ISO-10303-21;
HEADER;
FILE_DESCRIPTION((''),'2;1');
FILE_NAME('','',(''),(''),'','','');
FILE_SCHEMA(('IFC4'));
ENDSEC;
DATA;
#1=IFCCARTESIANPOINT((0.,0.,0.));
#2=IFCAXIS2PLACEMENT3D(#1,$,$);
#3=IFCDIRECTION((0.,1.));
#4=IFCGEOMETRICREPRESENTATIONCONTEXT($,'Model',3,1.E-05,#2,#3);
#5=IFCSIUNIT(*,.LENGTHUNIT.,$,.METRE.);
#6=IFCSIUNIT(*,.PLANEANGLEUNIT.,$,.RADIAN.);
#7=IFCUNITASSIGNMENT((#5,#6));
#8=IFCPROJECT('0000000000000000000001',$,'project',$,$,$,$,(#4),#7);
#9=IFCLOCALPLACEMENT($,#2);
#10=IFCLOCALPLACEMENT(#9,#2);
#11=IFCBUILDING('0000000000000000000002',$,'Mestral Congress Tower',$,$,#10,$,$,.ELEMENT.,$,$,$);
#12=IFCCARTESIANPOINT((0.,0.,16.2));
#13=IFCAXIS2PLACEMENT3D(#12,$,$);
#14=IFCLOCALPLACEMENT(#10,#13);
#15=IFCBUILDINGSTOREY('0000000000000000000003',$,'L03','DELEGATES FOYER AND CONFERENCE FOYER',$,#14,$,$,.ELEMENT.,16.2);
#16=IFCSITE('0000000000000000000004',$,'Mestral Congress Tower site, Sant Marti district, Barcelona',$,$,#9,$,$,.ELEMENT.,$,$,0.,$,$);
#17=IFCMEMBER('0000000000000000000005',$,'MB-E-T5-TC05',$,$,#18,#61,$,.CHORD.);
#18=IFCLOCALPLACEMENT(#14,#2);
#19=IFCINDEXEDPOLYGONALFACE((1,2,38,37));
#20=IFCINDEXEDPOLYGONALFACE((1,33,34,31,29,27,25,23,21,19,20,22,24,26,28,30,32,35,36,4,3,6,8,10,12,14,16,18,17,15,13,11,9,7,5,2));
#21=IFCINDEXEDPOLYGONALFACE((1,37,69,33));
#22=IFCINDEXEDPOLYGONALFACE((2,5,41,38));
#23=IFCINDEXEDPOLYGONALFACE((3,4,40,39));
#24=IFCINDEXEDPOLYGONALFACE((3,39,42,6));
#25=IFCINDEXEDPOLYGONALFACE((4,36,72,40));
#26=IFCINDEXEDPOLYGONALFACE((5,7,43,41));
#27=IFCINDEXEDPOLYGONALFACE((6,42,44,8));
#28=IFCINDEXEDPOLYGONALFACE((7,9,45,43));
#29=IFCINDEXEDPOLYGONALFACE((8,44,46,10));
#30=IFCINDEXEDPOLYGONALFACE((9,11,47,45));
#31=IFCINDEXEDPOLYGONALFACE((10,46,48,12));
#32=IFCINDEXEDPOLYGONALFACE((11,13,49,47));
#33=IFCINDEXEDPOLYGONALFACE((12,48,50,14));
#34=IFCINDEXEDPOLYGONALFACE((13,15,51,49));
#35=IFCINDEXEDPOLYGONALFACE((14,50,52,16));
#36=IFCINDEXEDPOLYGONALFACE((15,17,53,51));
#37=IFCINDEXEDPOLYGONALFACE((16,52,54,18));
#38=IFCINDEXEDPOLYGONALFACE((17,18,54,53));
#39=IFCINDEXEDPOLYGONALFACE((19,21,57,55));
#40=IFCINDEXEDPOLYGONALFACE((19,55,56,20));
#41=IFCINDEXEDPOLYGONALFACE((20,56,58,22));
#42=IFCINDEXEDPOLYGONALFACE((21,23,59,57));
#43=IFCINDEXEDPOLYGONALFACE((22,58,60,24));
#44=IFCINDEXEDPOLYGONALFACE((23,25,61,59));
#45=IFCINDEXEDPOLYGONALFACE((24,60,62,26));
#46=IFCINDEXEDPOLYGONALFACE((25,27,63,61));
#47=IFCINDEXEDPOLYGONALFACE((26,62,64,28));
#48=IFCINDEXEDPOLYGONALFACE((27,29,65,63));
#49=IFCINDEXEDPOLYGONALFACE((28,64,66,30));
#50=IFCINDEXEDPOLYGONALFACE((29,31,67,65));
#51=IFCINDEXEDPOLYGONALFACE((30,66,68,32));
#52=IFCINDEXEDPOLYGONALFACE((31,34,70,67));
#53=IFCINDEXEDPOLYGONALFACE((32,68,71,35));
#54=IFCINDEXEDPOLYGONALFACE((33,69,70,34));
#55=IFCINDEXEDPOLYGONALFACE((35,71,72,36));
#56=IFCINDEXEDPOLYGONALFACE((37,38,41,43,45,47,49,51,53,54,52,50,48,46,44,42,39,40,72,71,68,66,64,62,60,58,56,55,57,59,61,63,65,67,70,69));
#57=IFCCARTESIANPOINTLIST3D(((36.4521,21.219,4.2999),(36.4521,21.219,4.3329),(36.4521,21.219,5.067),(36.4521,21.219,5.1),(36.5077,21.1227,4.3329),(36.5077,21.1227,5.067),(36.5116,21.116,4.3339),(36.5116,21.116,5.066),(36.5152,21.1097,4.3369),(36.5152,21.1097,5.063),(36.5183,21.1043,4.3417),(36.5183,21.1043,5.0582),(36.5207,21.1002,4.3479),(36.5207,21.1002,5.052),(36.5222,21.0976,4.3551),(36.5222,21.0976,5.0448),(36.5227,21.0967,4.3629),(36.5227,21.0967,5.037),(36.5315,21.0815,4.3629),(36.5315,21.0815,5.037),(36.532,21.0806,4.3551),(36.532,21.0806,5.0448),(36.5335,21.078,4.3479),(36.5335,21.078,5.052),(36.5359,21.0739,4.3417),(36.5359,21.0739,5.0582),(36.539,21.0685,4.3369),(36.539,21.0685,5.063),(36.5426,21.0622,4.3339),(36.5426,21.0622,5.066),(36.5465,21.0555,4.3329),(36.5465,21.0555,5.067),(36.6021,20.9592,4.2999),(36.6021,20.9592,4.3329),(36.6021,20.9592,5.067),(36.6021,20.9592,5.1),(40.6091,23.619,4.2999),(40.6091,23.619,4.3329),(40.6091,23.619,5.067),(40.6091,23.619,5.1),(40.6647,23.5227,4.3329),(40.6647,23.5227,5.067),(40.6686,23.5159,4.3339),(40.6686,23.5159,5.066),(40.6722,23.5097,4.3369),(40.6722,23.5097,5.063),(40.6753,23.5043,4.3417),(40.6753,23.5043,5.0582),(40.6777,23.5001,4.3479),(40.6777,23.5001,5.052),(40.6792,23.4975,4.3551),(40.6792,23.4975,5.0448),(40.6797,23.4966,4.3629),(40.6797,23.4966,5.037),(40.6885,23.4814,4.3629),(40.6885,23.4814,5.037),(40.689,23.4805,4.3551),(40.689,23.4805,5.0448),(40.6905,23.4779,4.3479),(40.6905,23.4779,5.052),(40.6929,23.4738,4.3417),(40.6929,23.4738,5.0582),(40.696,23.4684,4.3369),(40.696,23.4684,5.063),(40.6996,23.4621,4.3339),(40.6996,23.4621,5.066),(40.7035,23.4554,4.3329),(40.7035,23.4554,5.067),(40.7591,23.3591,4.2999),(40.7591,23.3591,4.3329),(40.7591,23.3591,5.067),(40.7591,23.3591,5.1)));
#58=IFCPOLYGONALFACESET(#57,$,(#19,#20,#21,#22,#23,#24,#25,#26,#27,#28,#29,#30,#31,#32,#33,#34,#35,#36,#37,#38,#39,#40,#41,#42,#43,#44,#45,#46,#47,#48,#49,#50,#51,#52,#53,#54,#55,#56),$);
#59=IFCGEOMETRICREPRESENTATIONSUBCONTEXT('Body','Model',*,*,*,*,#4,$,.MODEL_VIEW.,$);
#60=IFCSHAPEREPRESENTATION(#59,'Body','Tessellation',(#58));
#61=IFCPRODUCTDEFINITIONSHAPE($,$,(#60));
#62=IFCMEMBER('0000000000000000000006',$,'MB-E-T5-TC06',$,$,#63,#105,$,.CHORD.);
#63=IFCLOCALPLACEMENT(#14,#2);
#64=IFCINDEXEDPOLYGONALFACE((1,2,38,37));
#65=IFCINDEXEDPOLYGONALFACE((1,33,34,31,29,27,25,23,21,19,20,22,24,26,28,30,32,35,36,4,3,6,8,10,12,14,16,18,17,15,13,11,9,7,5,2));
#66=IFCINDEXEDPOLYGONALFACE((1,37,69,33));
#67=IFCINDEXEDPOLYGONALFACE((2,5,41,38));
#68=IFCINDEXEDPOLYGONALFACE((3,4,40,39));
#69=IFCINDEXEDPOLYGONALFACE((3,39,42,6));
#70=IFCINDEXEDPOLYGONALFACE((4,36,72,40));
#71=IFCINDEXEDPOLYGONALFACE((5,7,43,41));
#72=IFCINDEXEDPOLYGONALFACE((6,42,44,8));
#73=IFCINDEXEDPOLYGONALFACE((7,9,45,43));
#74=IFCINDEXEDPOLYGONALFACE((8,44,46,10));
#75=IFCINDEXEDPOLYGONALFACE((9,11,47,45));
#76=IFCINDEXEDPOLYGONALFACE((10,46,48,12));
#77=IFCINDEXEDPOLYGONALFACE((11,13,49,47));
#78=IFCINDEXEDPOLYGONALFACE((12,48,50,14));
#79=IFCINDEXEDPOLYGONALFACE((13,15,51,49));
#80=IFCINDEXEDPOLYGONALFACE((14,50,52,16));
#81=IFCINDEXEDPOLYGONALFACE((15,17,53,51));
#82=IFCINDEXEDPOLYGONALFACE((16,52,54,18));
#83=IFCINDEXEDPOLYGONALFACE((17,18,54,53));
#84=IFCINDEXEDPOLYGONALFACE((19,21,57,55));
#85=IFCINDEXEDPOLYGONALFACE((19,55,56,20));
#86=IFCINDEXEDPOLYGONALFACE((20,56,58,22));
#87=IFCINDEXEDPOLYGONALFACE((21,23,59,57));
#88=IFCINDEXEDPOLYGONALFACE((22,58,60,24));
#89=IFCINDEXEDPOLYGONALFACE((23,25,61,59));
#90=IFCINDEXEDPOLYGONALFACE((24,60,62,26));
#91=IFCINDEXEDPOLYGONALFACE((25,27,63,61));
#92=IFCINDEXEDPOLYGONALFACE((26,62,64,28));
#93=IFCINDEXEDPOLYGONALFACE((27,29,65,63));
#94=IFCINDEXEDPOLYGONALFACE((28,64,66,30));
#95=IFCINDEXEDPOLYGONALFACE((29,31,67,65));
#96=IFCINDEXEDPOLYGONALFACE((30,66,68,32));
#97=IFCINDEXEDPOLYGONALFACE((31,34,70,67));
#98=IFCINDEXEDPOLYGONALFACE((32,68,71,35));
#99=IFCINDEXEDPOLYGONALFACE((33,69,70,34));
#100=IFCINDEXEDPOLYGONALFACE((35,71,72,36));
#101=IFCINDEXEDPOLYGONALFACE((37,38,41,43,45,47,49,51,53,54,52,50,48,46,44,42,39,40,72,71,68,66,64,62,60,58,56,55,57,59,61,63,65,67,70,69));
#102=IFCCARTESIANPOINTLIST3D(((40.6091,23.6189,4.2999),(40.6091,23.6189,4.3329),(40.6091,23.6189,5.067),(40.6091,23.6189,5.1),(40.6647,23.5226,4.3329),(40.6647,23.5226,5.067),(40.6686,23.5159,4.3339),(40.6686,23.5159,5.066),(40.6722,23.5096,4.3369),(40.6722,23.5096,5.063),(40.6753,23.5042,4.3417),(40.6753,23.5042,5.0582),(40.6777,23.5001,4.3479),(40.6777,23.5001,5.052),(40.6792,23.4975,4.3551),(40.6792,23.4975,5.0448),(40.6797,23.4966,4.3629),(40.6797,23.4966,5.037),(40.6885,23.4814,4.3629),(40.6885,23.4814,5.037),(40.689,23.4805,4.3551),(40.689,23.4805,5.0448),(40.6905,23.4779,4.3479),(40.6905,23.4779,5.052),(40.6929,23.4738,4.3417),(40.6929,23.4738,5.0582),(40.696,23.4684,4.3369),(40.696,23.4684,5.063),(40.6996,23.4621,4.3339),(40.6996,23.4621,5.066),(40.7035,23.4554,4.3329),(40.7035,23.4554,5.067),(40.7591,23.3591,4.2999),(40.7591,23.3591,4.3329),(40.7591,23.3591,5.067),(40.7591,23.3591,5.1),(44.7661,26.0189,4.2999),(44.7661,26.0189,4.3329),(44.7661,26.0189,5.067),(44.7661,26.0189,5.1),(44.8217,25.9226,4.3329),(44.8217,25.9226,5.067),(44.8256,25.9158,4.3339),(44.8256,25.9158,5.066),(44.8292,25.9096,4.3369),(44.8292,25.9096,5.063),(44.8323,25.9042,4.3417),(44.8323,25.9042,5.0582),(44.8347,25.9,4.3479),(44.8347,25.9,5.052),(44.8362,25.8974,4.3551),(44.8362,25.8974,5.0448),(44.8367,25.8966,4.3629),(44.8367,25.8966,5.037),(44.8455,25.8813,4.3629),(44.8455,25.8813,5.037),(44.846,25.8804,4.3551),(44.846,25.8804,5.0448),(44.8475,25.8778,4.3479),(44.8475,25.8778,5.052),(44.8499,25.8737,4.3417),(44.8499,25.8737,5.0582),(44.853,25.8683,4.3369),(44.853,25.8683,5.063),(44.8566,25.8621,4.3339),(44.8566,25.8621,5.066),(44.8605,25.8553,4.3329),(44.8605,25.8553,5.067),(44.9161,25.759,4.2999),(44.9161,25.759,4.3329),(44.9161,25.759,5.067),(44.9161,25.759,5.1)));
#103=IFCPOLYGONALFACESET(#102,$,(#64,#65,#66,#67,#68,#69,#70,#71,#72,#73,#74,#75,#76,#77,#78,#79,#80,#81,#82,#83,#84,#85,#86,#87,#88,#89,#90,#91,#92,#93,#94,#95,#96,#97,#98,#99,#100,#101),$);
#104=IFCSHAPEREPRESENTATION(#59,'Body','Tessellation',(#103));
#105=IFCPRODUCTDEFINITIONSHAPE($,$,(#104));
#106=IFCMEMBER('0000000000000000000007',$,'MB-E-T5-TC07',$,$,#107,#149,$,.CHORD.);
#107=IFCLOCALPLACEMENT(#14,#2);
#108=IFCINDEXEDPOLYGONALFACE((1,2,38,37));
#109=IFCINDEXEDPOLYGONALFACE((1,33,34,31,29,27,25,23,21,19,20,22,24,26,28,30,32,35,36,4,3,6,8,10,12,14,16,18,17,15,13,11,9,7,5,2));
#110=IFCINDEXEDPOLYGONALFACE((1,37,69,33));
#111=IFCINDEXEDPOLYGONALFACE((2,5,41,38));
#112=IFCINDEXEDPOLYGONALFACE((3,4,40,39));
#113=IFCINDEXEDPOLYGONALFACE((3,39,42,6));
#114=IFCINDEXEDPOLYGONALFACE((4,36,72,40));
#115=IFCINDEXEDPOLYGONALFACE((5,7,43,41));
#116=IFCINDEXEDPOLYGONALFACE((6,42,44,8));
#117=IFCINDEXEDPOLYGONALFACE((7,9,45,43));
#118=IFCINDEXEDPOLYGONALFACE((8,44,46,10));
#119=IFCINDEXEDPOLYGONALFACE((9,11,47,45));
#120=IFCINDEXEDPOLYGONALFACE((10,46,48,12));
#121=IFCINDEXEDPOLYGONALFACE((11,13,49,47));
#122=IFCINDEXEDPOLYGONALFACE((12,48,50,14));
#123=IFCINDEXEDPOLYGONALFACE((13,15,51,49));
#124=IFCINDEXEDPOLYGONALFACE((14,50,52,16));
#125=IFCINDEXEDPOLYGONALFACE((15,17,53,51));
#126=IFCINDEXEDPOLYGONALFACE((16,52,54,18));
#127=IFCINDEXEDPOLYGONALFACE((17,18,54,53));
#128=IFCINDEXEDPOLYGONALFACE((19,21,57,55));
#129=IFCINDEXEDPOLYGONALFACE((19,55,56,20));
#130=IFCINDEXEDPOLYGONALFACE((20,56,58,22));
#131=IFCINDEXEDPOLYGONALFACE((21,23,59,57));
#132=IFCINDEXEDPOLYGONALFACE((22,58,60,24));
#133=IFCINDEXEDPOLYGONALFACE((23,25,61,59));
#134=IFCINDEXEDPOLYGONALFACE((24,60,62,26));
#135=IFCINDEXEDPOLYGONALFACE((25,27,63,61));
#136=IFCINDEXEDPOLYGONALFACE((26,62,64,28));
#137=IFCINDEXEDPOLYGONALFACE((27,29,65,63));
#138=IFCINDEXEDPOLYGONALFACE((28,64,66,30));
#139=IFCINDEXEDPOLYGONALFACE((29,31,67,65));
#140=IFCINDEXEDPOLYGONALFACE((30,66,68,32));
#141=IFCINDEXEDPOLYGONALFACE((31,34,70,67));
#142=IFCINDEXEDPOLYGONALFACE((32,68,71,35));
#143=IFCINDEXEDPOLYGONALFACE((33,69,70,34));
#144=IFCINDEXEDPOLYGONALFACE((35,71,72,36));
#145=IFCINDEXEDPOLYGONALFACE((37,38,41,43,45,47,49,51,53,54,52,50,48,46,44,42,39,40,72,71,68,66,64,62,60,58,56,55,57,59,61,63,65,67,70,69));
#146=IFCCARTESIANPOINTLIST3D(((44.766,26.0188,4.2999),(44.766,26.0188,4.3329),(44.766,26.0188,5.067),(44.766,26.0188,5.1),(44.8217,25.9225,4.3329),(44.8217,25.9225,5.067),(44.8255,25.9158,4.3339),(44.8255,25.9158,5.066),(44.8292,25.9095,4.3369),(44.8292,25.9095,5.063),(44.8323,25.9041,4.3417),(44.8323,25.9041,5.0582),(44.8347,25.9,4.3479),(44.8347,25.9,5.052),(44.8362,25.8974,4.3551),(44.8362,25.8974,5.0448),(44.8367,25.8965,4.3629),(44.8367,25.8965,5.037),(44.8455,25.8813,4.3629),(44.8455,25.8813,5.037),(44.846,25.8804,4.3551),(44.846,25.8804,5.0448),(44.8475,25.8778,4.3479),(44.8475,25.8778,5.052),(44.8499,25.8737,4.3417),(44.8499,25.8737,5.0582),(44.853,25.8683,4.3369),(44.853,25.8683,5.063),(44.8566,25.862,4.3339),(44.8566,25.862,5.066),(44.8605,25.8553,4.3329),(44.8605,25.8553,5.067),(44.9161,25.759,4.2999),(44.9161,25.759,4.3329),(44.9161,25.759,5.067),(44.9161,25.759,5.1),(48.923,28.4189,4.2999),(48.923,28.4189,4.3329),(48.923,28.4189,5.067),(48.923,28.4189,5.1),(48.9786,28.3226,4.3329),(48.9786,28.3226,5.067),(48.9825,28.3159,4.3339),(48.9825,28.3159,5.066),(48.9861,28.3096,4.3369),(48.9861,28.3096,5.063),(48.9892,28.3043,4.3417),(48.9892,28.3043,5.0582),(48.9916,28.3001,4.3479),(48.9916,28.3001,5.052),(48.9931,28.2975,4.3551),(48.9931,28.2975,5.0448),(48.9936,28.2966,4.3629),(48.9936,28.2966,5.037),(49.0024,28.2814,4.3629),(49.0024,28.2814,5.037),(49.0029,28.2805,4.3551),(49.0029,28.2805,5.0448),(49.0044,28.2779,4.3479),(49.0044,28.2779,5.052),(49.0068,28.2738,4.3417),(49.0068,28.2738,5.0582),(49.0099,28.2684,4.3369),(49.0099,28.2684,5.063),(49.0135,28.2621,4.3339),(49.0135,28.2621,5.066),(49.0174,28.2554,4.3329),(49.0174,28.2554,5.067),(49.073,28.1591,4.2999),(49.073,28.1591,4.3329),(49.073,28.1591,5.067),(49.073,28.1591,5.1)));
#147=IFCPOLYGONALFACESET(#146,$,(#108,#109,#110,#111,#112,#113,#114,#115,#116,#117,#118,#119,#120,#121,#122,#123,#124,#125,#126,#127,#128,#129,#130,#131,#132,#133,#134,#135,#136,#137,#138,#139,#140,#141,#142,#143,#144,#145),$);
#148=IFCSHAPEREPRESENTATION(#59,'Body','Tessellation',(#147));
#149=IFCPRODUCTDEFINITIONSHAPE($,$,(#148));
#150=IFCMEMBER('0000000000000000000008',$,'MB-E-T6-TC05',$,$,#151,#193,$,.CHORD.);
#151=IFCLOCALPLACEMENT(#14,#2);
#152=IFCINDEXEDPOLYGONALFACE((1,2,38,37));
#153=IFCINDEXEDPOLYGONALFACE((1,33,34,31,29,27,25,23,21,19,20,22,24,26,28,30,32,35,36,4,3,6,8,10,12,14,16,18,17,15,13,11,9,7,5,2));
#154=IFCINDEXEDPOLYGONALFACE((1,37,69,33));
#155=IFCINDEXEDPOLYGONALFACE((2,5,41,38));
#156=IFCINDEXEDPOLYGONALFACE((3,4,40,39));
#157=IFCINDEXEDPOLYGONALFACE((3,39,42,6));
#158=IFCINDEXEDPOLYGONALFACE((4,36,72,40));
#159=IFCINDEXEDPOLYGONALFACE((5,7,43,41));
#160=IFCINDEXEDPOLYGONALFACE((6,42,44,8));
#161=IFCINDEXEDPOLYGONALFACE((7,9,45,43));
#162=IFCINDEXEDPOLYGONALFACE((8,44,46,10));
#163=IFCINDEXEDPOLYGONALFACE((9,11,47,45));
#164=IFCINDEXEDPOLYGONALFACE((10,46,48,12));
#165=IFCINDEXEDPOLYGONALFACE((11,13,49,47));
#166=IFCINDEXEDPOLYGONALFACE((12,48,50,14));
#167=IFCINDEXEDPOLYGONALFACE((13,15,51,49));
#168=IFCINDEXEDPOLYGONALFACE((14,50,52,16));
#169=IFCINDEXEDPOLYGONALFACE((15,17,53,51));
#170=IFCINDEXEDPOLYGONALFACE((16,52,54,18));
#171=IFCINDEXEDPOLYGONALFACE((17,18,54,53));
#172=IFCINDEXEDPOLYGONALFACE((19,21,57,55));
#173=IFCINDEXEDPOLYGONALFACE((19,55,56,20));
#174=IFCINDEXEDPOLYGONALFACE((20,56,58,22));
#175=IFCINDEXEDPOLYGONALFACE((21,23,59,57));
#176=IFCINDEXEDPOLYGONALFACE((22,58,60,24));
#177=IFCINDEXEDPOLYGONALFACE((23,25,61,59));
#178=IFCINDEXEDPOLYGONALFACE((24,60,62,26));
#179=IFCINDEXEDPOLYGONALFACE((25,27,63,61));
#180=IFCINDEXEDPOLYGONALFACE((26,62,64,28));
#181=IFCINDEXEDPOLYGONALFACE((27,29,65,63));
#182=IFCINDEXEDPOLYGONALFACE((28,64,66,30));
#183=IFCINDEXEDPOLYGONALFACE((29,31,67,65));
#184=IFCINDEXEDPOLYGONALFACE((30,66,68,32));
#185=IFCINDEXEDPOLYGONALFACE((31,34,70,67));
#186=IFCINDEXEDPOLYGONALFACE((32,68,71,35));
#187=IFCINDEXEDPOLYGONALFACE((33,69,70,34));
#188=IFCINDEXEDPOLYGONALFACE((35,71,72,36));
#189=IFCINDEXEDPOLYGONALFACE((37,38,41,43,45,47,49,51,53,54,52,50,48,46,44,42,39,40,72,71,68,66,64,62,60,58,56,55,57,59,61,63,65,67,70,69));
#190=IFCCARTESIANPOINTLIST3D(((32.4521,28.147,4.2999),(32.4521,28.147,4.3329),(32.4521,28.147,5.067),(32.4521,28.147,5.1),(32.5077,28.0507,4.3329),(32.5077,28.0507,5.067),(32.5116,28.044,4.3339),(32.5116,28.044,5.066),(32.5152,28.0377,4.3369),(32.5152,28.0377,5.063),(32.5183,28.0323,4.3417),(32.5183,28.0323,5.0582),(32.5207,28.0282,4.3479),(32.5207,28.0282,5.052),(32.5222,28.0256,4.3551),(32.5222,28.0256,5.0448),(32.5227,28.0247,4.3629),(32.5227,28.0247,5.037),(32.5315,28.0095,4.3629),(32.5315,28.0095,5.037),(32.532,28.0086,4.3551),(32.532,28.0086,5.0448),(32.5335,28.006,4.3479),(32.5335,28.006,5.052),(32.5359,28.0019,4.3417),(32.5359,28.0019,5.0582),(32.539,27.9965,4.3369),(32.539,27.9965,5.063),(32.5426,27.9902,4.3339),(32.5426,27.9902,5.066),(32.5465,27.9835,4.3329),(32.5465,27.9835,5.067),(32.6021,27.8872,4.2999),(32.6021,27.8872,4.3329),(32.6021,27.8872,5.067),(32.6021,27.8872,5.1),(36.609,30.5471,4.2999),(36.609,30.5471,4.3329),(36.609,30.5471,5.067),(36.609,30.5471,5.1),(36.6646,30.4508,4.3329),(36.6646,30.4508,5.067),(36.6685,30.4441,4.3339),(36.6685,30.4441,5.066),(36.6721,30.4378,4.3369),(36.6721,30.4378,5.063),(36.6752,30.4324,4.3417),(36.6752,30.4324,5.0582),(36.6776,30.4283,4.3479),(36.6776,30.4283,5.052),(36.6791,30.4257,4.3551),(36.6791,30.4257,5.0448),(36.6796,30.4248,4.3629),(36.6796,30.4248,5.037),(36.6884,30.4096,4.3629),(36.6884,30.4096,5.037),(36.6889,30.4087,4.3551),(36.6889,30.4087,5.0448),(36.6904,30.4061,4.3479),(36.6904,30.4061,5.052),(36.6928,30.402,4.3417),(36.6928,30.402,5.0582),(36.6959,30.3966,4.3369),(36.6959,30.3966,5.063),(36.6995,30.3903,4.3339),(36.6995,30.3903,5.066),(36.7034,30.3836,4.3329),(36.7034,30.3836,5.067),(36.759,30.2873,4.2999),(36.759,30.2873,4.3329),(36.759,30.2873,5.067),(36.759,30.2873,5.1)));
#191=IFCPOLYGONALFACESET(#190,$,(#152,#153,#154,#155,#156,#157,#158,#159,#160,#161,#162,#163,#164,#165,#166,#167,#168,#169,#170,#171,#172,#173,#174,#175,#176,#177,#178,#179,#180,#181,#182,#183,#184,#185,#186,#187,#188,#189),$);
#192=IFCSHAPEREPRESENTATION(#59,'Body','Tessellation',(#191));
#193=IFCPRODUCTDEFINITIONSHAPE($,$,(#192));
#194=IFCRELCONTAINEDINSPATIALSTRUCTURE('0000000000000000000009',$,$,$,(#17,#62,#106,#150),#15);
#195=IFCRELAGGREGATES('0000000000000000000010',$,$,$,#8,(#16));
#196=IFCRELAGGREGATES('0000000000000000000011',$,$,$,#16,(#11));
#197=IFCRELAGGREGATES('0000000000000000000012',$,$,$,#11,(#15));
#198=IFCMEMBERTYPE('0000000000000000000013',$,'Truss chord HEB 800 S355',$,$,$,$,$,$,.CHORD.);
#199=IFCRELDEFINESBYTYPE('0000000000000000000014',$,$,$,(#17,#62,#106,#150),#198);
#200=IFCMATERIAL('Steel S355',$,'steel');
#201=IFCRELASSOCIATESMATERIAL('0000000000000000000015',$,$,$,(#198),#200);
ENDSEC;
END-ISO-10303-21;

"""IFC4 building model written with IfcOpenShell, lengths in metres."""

from ifc_helpers import new_model, si_unit, direction, frame, origin, origin_2d, place, context, subcontext, project, spatial, i_section, extrude, material, material_profile, profile_set, type_object, element, save


model = new_model("IFC4")

# Units and contexts
model_context = context("Model", 3, precision=1e-05, world=origin(), true_north=direction((0.0, 1.0)))
body_context = subcontext(model_context, "Body", "Model", "MODEL_VIEW")
ifc_project = project(units=[si_unit("LENGTHUNIT", "METRE"), si_unit("PLANEANGLEUNIT", "RADIAN")], contexts=[model_context])

# Site, building, storey
site_placement = place(None, origin())
site = spatial("IfcSite", under=ifc_project, at=site_placement, Name="Mestral Congress Tower site, Sant Marti district, Barcelona", CompositionType="ELEMENT", RefElevation=0.0)
building_placement = place(site_placement, origin())
building = spatial("IfcBuilding", under=site, at=building_placement, Name="Mestral Congress Tower", CompositionType="ELEMENT")
storey_placement = place(building_placement, frame((0.0, 0.0, 16.2)))
storey = spatial("IfcBuildingStorey", under=building, at=storey_placement, Name="L03", Description="DELEGATES FOYER AND CONFERENCE FOYER", CompositionType="ELEMENT", Elevation=16.2)

# Members
ifc_material = material(Name="Steel S355", Category="steel")
ifc_material_profile_1 = material_profile(ifc_material, i_section(OverallWidth=0.3, OverallDepth=0.8, WebThickness=0.0176, FlangeThickness=0.033, FilletRadius=0.03, at=origin_2d()), Name="HEB 800")
ifc_profile_set_1 = profile_set([ifc_material_profile_1], Name="Steel S355")
member_type_1 = type_object("IfcMemberType", Name="Truss chord HEB 800 S355", PredefinedType="CHORD", material=ifc_profile_set_1)
for number, where, z_axis, x_axis, name in (
    (1, (36.5271, 21.0891, 4.7), (0.866037, 0.499979, 0.0), (-0.499979, 0.866037, 0.0), "MB-E-T5-TC05"),
    (2, (40.6841, 23.489, 4.7), (0.866037, 0.499979, 0.0), (-0.499979, 0.866037, 0.0), "MB-E-T5-TC06"),
    (3, (44.8411, 25.8889, 4.7), (0.866015, 0.500017, 0.0), (-0.500017, 0.866015, 0.0), "MB-E-T5-TC07"),
    (4, (32.5271, 28.0171, 4.7), (0.866015, 0.500017, 0.0), (-0.500017, 0.866015, 0.0), "MB-E-T6-TC05"),
):
    element("IfcMember", number, at=place(storey_placement, frame(where, z_axis=z_axis, x_axis=x_axis)), inside=storey, type_object=member_type_1, Name=name, PredefinedType="CHORD", context=body_context, shape_type="SweptSolid", body=[
        extrude(i_section(OverallWidth=0.3, OverallDepth=0.8, WebThickness=0.0176, FlangeThickness=0.033, FilletRadius=0.03, at=origin_2d()), origin(), (0.0, 0.0, 1.0), 4.8),
    ])

save(model, "model.ifc")
